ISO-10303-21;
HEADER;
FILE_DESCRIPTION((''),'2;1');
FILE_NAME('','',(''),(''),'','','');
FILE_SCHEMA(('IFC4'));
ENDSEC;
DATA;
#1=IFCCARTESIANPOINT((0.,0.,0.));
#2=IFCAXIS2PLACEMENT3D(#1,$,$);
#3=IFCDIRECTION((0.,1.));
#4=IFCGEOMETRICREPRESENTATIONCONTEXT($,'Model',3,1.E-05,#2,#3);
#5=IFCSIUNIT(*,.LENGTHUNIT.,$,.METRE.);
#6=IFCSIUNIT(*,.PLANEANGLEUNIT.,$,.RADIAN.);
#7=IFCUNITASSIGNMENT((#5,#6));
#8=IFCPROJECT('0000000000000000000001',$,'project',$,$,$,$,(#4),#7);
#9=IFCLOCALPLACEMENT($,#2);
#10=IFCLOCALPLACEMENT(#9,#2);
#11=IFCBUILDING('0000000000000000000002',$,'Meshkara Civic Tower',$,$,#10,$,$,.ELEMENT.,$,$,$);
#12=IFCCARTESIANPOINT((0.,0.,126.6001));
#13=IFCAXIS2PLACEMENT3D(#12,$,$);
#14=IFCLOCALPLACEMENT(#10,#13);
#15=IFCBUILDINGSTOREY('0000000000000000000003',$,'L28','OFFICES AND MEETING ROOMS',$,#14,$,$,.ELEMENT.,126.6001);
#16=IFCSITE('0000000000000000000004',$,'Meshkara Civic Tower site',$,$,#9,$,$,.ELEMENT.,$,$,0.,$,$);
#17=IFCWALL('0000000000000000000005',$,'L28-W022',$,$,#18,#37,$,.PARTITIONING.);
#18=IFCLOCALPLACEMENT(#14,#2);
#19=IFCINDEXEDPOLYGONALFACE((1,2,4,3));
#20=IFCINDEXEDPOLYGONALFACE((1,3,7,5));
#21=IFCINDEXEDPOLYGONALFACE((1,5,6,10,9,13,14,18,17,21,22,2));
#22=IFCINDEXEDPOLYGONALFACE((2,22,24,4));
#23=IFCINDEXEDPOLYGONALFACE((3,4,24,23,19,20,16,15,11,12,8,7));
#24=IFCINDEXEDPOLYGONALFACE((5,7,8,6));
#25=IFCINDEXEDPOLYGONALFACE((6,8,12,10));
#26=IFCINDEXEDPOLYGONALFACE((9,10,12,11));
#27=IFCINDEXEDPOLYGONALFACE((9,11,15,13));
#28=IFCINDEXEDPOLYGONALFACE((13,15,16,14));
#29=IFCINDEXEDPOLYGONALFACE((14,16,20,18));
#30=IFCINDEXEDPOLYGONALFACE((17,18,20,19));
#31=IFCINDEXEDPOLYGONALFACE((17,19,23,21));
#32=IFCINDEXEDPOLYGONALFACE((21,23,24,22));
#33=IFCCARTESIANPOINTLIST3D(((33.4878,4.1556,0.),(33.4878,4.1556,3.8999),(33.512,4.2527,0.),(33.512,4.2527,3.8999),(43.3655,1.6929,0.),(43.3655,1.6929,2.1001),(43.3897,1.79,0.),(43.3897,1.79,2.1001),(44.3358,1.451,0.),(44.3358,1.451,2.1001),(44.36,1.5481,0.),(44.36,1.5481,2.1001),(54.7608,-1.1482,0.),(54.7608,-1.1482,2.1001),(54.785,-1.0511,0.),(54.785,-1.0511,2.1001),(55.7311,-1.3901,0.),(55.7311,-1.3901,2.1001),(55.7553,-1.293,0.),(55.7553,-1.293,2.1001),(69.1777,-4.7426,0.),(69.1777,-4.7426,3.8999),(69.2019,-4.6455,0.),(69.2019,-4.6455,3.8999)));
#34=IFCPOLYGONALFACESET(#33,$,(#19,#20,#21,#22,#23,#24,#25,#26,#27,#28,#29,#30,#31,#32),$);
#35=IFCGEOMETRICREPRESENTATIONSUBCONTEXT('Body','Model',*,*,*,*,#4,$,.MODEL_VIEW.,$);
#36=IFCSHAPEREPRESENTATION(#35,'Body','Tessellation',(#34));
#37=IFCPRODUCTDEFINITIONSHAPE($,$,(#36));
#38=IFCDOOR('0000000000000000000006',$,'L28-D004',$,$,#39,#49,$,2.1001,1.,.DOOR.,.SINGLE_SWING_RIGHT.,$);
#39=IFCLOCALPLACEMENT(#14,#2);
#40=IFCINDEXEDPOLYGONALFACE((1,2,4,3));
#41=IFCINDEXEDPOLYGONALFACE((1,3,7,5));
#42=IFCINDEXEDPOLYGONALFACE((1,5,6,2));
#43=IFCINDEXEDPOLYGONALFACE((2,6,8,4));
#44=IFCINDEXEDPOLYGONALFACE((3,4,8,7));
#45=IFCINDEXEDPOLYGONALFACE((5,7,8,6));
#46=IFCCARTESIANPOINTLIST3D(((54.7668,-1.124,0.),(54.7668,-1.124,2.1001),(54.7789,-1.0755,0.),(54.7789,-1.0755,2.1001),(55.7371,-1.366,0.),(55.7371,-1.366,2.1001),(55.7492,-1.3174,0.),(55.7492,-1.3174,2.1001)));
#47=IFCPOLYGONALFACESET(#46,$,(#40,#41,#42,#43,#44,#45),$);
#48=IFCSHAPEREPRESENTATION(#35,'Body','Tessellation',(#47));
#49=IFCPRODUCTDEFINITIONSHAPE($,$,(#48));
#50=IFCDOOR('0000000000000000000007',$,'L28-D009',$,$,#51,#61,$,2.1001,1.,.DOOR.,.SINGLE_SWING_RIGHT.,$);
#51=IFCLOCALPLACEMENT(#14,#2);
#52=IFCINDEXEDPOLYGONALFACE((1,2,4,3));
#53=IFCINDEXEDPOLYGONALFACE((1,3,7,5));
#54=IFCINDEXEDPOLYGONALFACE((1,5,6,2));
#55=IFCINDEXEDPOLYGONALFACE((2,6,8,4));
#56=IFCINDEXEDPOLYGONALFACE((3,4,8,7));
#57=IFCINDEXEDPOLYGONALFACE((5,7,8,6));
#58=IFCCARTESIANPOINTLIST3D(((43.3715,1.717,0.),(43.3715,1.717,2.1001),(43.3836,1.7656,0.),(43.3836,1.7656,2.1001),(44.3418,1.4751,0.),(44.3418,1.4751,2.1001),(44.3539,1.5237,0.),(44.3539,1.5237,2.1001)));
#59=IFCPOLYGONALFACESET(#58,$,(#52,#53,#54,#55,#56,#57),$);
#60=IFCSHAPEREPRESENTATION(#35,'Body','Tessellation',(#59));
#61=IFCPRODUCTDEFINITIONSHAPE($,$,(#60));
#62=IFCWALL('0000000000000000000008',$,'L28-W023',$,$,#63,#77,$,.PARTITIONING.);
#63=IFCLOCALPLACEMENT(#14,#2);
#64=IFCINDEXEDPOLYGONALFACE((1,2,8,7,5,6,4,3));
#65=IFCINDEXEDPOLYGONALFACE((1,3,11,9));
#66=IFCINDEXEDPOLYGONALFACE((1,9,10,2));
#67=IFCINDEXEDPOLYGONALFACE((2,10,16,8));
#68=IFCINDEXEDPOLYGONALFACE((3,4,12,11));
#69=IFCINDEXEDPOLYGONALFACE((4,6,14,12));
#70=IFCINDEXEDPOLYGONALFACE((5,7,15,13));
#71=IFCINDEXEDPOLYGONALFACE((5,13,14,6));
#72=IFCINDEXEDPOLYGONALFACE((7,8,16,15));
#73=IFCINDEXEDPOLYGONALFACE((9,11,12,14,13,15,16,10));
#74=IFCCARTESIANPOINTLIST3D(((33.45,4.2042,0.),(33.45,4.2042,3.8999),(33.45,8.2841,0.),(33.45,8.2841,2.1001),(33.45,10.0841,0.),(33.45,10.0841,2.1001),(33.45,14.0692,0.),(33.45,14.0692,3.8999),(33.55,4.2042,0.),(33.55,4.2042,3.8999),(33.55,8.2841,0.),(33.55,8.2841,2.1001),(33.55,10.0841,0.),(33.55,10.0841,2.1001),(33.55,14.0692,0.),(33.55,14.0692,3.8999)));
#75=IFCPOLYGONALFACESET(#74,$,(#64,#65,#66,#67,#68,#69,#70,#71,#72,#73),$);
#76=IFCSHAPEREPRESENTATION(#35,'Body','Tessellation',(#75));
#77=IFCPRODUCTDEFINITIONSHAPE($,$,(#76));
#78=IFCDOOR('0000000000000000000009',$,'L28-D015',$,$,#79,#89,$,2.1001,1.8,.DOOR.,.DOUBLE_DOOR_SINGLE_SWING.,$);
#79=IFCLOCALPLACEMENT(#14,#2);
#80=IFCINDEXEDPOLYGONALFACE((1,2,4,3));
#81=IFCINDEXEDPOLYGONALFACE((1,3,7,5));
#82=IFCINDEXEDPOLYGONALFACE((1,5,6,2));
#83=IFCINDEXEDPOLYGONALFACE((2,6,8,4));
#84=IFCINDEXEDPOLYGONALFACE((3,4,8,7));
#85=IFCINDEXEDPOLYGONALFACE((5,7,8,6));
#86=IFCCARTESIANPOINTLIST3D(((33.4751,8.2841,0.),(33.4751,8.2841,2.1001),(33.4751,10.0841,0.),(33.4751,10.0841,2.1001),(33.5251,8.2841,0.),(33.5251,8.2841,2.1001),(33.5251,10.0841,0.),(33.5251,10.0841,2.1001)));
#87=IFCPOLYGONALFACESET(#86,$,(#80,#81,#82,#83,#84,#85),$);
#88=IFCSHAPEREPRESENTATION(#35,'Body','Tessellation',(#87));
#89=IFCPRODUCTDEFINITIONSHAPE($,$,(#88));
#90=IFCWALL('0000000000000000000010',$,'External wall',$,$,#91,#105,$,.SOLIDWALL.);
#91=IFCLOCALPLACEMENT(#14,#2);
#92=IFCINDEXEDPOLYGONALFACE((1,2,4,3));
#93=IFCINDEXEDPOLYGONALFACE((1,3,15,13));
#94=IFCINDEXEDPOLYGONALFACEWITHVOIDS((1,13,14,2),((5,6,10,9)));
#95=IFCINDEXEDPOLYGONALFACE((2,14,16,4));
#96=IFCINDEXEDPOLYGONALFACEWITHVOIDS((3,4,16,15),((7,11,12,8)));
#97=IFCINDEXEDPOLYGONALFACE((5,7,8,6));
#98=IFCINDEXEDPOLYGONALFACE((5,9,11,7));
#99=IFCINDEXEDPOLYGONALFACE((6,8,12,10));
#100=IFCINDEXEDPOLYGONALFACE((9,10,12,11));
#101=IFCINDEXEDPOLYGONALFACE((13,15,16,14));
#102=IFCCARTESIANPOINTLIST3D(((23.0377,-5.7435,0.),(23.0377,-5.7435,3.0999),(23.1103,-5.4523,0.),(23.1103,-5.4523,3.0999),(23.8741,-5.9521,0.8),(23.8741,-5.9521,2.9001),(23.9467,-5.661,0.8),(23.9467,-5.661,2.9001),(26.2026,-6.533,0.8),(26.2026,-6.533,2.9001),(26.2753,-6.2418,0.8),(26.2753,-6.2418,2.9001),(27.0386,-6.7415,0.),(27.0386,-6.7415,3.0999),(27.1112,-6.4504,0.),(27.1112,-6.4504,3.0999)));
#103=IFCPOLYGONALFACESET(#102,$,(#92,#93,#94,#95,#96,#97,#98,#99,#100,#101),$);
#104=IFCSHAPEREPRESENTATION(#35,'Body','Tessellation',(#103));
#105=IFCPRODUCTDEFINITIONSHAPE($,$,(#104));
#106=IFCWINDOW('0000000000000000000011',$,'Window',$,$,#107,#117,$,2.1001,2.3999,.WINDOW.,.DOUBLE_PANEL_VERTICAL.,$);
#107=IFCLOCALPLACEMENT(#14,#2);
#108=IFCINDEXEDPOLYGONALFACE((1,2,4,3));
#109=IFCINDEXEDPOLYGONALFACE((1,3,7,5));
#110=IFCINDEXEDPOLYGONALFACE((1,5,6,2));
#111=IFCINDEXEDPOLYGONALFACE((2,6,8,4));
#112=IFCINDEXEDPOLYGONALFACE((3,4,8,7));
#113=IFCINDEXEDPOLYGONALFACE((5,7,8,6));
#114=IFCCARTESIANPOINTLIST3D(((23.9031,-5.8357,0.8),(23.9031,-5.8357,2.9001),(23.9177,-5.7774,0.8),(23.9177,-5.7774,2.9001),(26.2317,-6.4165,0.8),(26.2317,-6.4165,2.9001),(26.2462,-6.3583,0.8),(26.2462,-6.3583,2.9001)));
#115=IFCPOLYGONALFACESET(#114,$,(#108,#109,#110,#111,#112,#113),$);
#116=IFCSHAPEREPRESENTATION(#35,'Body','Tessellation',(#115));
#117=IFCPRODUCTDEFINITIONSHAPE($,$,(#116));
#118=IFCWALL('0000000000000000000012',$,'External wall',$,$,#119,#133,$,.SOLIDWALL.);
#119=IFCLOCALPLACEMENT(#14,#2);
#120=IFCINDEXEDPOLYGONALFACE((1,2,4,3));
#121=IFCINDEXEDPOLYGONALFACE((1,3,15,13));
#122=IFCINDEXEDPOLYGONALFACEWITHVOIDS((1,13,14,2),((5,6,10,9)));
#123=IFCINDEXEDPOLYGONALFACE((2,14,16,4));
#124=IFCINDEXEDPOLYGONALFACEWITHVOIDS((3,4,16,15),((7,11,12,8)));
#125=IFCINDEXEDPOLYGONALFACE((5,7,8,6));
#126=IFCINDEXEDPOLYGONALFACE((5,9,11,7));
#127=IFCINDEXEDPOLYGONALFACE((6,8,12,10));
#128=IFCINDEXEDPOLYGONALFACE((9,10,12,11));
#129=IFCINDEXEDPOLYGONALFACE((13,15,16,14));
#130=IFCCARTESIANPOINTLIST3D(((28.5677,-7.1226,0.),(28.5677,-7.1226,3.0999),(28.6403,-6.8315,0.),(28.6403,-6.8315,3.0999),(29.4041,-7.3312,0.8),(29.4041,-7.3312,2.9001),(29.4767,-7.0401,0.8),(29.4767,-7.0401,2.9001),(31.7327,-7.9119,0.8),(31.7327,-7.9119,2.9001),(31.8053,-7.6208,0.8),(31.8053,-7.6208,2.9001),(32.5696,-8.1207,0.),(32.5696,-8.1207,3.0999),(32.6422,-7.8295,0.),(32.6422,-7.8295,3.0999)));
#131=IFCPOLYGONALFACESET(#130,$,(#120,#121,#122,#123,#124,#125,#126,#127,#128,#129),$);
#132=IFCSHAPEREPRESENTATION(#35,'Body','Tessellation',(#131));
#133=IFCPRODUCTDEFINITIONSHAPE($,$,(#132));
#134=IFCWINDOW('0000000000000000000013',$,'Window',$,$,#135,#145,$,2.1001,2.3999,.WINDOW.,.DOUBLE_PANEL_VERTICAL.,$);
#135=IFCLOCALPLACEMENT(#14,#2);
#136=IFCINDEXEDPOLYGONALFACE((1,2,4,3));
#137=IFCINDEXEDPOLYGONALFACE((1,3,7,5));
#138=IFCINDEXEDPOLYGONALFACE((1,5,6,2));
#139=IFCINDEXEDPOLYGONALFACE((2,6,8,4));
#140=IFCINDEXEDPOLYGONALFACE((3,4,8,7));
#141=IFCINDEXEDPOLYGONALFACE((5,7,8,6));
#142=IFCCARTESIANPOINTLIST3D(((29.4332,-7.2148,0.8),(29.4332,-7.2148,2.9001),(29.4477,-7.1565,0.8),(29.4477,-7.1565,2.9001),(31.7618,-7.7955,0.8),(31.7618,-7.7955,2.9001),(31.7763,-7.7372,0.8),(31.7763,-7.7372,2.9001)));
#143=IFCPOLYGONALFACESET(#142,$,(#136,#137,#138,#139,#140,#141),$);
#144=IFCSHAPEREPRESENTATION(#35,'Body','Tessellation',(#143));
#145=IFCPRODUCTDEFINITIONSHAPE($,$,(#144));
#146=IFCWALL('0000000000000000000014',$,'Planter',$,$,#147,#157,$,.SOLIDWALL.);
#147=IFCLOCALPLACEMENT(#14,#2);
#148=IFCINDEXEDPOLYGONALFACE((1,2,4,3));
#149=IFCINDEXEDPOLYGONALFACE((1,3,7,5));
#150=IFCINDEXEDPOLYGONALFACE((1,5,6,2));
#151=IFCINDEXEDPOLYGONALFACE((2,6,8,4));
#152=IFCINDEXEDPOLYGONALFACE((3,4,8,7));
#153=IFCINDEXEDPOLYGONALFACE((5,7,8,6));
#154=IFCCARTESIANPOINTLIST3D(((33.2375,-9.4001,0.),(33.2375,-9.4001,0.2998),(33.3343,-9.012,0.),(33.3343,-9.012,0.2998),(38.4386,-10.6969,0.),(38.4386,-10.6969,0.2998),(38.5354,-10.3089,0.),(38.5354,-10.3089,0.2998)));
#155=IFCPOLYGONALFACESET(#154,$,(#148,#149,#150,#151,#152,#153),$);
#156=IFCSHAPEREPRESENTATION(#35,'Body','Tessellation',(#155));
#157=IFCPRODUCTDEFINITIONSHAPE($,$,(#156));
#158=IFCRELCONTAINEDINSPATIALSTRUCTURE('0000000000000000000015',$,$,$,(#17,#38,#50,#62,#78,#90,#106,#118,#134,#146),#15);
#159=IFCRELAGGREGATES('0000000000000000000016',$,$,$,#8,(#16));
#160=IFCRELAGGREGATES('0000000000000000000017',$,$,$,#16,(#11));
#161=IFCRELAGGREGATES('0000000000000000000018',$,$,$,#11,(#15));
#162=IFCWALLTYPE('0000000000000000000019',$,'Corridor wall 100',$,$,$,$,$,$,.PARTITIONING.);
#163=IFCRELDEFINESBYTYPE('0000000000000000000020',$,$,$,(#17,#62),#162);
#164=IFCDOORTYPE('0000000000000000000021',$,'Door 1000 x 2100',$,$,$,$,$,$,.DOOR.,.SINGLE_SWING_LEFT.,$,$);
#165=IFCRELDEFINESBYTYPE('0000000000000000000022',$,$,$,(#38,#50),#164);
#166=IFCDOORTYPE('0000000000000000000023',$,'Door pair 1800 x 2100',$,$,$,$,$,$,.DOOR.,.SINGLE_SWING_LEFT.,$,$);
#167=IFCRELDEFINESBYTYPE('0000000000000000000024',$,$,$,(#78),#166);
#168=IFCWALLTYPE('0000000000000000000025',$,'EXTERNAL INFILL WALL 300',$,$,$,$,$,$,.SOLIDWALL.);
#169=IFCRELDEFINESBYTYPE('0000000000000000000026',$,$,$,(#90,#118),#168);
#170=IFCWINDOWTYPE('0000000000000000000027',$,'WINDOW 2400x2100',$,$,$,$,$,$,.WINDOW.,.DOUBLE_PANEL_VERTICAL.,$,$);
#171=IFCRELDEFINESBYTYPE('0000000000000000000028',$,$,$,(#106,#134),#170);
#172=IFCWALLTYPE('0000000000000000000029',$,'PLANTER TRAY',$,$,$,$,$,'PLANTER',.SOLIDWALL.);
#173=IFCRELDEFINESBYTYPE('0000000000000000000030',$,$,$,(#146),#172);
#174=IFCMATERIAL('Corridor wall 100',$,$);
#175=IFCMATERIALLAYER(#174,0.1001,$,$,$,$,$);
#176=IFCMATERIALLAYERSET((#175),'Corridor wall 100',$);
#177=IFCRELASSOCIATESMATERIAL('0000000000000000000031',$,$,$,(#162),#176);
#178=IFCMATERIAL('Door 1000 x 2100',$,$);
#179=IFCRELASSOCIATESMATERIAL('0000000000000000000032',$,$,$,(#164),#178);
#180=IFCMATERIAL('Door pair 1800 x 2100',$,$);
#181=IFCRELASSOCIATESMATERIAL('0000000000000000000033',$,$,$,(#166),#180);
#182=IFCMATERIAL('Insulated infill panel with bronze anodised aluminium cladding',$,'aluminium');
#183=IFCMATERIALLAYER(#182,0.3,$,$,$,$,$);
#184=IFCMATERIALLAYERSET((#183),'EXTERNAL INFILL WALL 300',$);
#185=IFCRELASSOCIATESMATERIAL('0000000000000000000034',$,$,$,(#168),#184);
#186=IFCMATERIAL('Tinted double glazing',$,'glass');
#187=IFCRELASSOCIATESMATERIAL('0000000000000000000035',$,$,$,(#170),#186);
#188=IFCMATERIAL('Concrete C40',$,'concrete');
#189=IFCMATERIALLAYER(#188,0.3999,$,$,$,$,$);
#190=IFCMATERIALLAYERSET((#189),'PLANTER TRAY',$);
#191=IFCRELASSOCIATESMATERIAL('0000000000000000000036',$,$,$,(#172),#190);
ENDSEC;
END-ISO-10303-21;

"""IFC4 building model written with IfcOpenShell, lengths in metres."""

from ifc_helpers import new_model, si_unit, direction, frame, frame_2d, origin, place, context, subcontext, project, spatial, rectangle, extrude, material, layer, layer_set, type_object, element, fill, save


model = new_model("IFC4")

# Units and contexts
model_context = context("Model", 3, precision=1e-05, world=origin(), true_north=direction((0.0, 1.0)))
body_context = subcontext(model_context, "Body", "Model", "MODEL_VIEW")
ifc_project = project(units=[si_unit("LENGTHUNIT", "METRE"), si_unit("PLANEANGLEUNIT", "RADIAN")], contexts=[model_context])

# Site, building, storey
site_placement = place(None, origin())
site = spatial("IfcSite", under=ifc_project, at=site_placement, Name="Meshkara Civic Tower site", CompositionType="ELEMENT", RefElevation=0.0)
building_placement = place(site_placement, origin())
building = spatial("IfcBuilding", under=site, at=building_placement, Name="Meshkara Civic Tower", CompositionType="ELEMENT")
storey_placement = place(building_placement, frame((0.0, 0.0, 126.6001)))
storey = spatial("IfcBuildingStorey", under=building, at=storey_placement, Name="L28", Description="OFFICES AND MEETING ROOMS", CompositionType="ELEMENT", Elevation=126.6001)

# Shared definitions
ifc_material_1 = material(Name="Corridor wall 100")
ifc_layer_1 = layer(ifc_material_1, 0.1001)
ifc_layer_set_1 = layer_set([ifc_layer_1], Name="Corridor wall 100")
wall_type_1 = type_object("IfcWallType", Name="Corridor wall 100", PredefinedType="PARTITIONING", material=ifc_layer_set_1)
ifc_material_2 = material(Name="Door 1000 x 2100")
door_type_1 = type_object("IfcDoorType", Name="Door 1000 x 2100", OperationType="SINGLE_SWING_LEFT", PredefinedType="DOOR", material=ifc_material_2)

# Wall, openings, doors
wall_1_placement = place(storey_placement, frame((33.5, 4.2041, 0.0), z_axis=(0.0, 0.0, 1.0), x_axis=(0.970298, -0.241914, 0.0)))
wall_1 = element("IfcWall", 1, at=wall_1_placement, inside=storey, type_object=wall_type_1, Name="L28-W022", PredefinedType="PARTITIONING", context=body_context, shape_type="SweptSolid", body=[
    extrude(rectangle(XDim=36.7825, YDim=0.1001, at=frame_2d((18.3911, 0.0))), origin(), (0.0, 0.0, 1.0), 3.8999),
])
opening_1_placement = place(wall_1_placement, frame((21.9241, 0.0, 0.0)))
opening_1 = element("IfcOpeningElement", 2, at=opening_1_placement, cuts=wall_1, PredefinedType="OPENING", context=body_context, shape_type="SweptSolid", body=[
    extrude(rectangle(XDim=1.0, YDim=2.1001, at=frame_2d((0.5, 1.05))), frame((0.0, 0.0601, 0.0), z_axis=(0.0, -1.0, 0.0), x_axis=(1.0, 0.0, 0.0)), (0.0, 0.0, 1.0), 0.1201),
])
opening_2_placement = place(wall_1_placement, frame((10.1799, 0.0, 0.0)))
opening_2 = element("IfcOpeningElement", 3, at=opening_2_placement, cuts=wall_1, PredefinedType="OPENING", context=body_context, shape_type="SweptSolid", body=[
    extrude(rectangle(XDim=1.0, YDim=2.1001, at=frame_2d((0.5, 1.05))), frame((0.0, 0.0601, 0.0), z_axis=(0.0, -1.0, 0.0), x_axis=(1.0, 0.0, 0.0)), (0.0, 0.0, 1.0), 0.1201),
])
door_1_placement = place(opening_1_placement, origin())
door_1 = element("IfcDoor", 4, at=door_1_placement, inside=storey, type_object=door_type_1, Name="L28-D004", OperationType="SINGLE_SWING_RIGHT", OverallHeight=2.1001, OverallWidth=1.0, PredefinedType="DOOR", context=body_context, shape_type="SweptSolid", body=[
    extrude(rectangle(XDim=1.0, YDim=2.1001, at=frame_2d((0.5, 1.05))), frame((0.0, 0.0249, 0.0), z_axis=(0.0, -1.0, 0.0), x_axis=(1.0, 0.0, 0.0)), (0.0, 0.0, 1.0), 0.05),
])
fill(opening_1, door_1)
door_2_placement = place(opening_2_placement, origin())
door_2 = element("IfcDoor", 5, at=door_2_placement, inside=storey, type_object=door_type_1, Name="L28-D009", OperationType="SINGLE_SWING_RIGHT", OverallHeight=2.1001, OverallWidth=1.0, PredefinedType="DOOR", context=body_context, shape_type="SweptSolid", body=[
    extrude(rectangle(XDim=1.0, YDim=2.1001, at=frame_2d((0.5, 1.05))), frame((0.0, 0.0249, 0.0), z_axis=(0.0, -1.0, 0.0), x_axis=(1.0, 0.0, 0.0)), (0.0, 0.0, 1.0), 0.05),
])
fill(opening_2, door_2)

# Wall, opening, door
wall_2_placement = place(storey_placement, frame((33.5, 4.2041, 0.0), z_axis=(0.0, 0.0, 1.0), x_axis=(0.0, 1.0, 0.0)))
wall_2 = element("IfcWall", 6, at=wall_2_placement, inside=storey, type_object=wall_type_1, Name="L28-W023", PredefinedType="PARTITIONING", context=body_context, shape_type="SweptSolid", body=[
    extrude(rectangle(XDim=9.865, YDim=0.1001, at=frame_2d((4.9326, 0.0))), origin(), (0.0, 0.0, 1.0), 3.8999),
])
opening_3_placement = place(wall_2_placement, frame((4.0801, 0.0, 0.0)))
opening_3 = element("IfcOpeningElement", 7, at=opening_3_placement, cuts=wall_2, PredefinedType="OPENING", context=body_context, shape_type="SweptSolid", body=[
    extrude(rectangle(XDim=1.8, YDim=2.1001, at=frame_2d((0.8999, 1.05))), frame((0.0, 0.0601, 0.0), z_axis=(0.0, -1.0, 0.0), x_axis=(1.0, 0.0, 0.0)), (0.0, 0.0, 1.0), 0.1201),
])
ifc_material_3 = material(Name="Door pair 1800 x 2100")
door_type_2 = type_object("IfcDoorType", Name="Door pair 1800 x 2100", OperationType="SINGLE_SWING_LEFT", PredefinedType="DOOR", material=ifc_material_3)
door_3_placement = place(opening_3_placement, origin())
door_3 = element("IfcDoor", 8, at=door_3_placement, inside=storey, type_object=door_type_2, Name="L28-D015", OperationType="DOUBLE_DOOR_SINGLE_SWING", OverallHeight=2.1001, OverallWidth=1.8, PredefinedType="DOOR", context=body_context, shape_type="SweptSolid", body=[
    extrude(rectangle(XDim=1.8, YDim=2.1001, at=frame_2d((0.8999, 1.05))), frame((0.0, 0.0249, 0.0), z_axis=(0.0, -1.0, 0.0), x_axis=(1.0, 0.0, 0.0)), (0.0, 0.0, 1.0), 0.05),
])
fill(opening_3, door_3)

# Walls, openings, windows
ifc_material_4 = material(Name="Insulated infill panel with bronze anodised aluminium cladding", Category="aluminium")
ifc_layer_2 = layer(ifc_material_4, 0.3)
ifc_layer_set_2 = layer_set([ifc_layer_2], Name="EXTERNAL INFILL WALL 300")
wall_type_2 = type_object("IfcWallType", Name="EXTERNAL INFILL WALL 300", PredefinedType="SOLIDWALL", material=ifc_layer_set_2)
wall_3_placement = place(storey_placement, frame((23.074, -5.5979, 0.0), z_axis=(0.0, 0.0, 1.0), x_axis=(0.970268, -0.242034, 0.0)))
wall_3 = element("IfcWall", 9, at=wall_3_placement, inside=storey, type_object=wall_type_2, Name="External wall", PredefinedType="SOLIDWALL", context=body_context, shape_type="SweptSolid", body=[
    extrude(rectangle(XDim=4.1235, YDim=0.3, at=frame_2d((2.0618, 0.0))), origin(), (0.0, 0.0, 1.0), 3.0999),
])
opening_4_placement = place(wall_3_placement, frame((0.8621, 0.0, 0.8)))
opening_4 = element("IfcOpeningElement", 10, at=opening_4_placement, cuts=wall_3, PredefinedType="OPENING", context=body_context, shape_type="SweptSolid", body=[
    extrude(rectangle(XDim=2.3999, YDim=2.1001, at=frame_2d((1.2, 1.05))), frame((0.0, 0.1599, 0.0), z_axis=(0.0, -1.0, 0.0), x_axis=(1.0, 0.0, 0.0)), (0.0, 0.0, 1.0), 0.3201),
])
ifc_material_5 = material(Name="Tinted double glazing", Category="glass")
window_type = type_object("IfcWindowType", Name="WINDOW 2400x2100", PartitioningType="DOUBLE_PANEL_VERTICAL", PredefinedType="WINDOW", material=ifc_material_5)
window_1_placement = place(opening_4_placement, origin())
window_1 = element("IfcWindow", 11, at=window_1_placement, inside=storey, type_object=window_type, Name="Window", OverallHeight=2.1001, OverallWidth=2.3999, PartitioningType="DOUBLE_PANEL_VERTICAL", PredefinedType="WINDOW", context=body_context, shape_type="SweptSolid", body=[
    extrude(rectangle(XDim=2.3999, YDim=2.1001, at=frame_2d((1.2, 1.05))), frame((0.0, 0.03, 0.0), z_axis=(0.0, -1.0, 0.0), x_axis=(1.0, 0.0, 0.0)), (0.0, 0.0, 1.0), 0.0601),
])
fill(opening_4, window_1)
wall_4_placement = place(storey_placement, frame((28.604, -6.9771, 0.0), z_axis=(0.0, 0.0, 1.0), x_axis=(0.970282, -0.241978, 0.0)))
wall_4 = element("IfcWall", 12, at=wall_4_placement, inside=storey, type_object=wall_type_2, Name="External wall", PredefinedType="SOLIDWALL", context=body_context, shape_type="SweptSolid", body=[
    extrude(rectangle(XDim=4.1245, YDim=0.3, at=frame_2d((2.0623, 0.0))), origin(), (0.0, 0.0, 1.0), 3.0999),
])
opening_5_placement = place(wall_4_placement, frame((0.8621, 0.0, 0.8)))
opening_5 = element("IfcOpeningElement", 13, at=opening_5_placement, cuts=wall_4, PredefinedType="OPENING", context=body_context, shape_type="SweptSolid", body=[
    extrude(rectangle(XDim=2.3999, YDim=2.1001, at=frame_2d((1.2, 1.05))), frame((0.0, 0.1599, 0.0), z_axis=(0.0, -1.0, 0.0), x_axis=(1.0, 0.0, 0.0)), (0.0, 0.0, 1.0), 0.3201),
])
window_2_placement = place(opening_5_placement, origin())
window_2 = element("IfcWindow", 14, at=window_2_placement, inside=storey, type_object=window_type, Name="Window", OverallHeight=2.1001, OverallWidth=2.3999, PartitioningType="DOUBLE_PANEL_VERTICAL", PredefinedType="WINDOW", context=body_context, shape_type="SweptSolid", body=[
    extrude(rectangle(XDim=2.3999, YDim=2.1001, at=frame_2d((1.2, 1.05))), frame((0.0, 0.03, 0.0), z_axis=(0.0, -1.0, 0.0), x_axis=(1.0, 0.0, 0.0)), (0.0, 0.0, 1.0), 0.0601),
])
fill(opening_5, window_2)

# Wall
ifc_material_6 = material(Name="Concrete C40", Category="concrete")
ifc_layer_3 = layer(ifc_material_6, 0.3999)
ifc_layer_set_3 = layer_set([ifc_layer_3], Name="PLANTER TRAY")
wall_type_3 = type_object("IfcWallType", Name="PLANTER TRAY", ElementType="PLANTER", PredefinedType="SOLIDWALL", material=ifc_layer_set_3)
wall_5_placement = place(storey_placement, frame((33.2859, -9.2061, 0.0), z_axis=(0.0, 0.0, 1.0), x_axis=(0.970292, -0.241935, 0.0)))
element("IfcWall", 15, at=wall_5_placement, inside=storey, type_object=wall_type_3, Name="Planter", PredefinedType="SOLIDWALL", context=body_context, shape_type="SweptSolid", body=[
    extrude(rectangle(XDim=5.3604, YDim=0.3999, at=frame_2d((2.6802, 0.0))), origin(), (0.0, 0.0, 1.0), 0.2998),
])

save(model, "model.ifc")
